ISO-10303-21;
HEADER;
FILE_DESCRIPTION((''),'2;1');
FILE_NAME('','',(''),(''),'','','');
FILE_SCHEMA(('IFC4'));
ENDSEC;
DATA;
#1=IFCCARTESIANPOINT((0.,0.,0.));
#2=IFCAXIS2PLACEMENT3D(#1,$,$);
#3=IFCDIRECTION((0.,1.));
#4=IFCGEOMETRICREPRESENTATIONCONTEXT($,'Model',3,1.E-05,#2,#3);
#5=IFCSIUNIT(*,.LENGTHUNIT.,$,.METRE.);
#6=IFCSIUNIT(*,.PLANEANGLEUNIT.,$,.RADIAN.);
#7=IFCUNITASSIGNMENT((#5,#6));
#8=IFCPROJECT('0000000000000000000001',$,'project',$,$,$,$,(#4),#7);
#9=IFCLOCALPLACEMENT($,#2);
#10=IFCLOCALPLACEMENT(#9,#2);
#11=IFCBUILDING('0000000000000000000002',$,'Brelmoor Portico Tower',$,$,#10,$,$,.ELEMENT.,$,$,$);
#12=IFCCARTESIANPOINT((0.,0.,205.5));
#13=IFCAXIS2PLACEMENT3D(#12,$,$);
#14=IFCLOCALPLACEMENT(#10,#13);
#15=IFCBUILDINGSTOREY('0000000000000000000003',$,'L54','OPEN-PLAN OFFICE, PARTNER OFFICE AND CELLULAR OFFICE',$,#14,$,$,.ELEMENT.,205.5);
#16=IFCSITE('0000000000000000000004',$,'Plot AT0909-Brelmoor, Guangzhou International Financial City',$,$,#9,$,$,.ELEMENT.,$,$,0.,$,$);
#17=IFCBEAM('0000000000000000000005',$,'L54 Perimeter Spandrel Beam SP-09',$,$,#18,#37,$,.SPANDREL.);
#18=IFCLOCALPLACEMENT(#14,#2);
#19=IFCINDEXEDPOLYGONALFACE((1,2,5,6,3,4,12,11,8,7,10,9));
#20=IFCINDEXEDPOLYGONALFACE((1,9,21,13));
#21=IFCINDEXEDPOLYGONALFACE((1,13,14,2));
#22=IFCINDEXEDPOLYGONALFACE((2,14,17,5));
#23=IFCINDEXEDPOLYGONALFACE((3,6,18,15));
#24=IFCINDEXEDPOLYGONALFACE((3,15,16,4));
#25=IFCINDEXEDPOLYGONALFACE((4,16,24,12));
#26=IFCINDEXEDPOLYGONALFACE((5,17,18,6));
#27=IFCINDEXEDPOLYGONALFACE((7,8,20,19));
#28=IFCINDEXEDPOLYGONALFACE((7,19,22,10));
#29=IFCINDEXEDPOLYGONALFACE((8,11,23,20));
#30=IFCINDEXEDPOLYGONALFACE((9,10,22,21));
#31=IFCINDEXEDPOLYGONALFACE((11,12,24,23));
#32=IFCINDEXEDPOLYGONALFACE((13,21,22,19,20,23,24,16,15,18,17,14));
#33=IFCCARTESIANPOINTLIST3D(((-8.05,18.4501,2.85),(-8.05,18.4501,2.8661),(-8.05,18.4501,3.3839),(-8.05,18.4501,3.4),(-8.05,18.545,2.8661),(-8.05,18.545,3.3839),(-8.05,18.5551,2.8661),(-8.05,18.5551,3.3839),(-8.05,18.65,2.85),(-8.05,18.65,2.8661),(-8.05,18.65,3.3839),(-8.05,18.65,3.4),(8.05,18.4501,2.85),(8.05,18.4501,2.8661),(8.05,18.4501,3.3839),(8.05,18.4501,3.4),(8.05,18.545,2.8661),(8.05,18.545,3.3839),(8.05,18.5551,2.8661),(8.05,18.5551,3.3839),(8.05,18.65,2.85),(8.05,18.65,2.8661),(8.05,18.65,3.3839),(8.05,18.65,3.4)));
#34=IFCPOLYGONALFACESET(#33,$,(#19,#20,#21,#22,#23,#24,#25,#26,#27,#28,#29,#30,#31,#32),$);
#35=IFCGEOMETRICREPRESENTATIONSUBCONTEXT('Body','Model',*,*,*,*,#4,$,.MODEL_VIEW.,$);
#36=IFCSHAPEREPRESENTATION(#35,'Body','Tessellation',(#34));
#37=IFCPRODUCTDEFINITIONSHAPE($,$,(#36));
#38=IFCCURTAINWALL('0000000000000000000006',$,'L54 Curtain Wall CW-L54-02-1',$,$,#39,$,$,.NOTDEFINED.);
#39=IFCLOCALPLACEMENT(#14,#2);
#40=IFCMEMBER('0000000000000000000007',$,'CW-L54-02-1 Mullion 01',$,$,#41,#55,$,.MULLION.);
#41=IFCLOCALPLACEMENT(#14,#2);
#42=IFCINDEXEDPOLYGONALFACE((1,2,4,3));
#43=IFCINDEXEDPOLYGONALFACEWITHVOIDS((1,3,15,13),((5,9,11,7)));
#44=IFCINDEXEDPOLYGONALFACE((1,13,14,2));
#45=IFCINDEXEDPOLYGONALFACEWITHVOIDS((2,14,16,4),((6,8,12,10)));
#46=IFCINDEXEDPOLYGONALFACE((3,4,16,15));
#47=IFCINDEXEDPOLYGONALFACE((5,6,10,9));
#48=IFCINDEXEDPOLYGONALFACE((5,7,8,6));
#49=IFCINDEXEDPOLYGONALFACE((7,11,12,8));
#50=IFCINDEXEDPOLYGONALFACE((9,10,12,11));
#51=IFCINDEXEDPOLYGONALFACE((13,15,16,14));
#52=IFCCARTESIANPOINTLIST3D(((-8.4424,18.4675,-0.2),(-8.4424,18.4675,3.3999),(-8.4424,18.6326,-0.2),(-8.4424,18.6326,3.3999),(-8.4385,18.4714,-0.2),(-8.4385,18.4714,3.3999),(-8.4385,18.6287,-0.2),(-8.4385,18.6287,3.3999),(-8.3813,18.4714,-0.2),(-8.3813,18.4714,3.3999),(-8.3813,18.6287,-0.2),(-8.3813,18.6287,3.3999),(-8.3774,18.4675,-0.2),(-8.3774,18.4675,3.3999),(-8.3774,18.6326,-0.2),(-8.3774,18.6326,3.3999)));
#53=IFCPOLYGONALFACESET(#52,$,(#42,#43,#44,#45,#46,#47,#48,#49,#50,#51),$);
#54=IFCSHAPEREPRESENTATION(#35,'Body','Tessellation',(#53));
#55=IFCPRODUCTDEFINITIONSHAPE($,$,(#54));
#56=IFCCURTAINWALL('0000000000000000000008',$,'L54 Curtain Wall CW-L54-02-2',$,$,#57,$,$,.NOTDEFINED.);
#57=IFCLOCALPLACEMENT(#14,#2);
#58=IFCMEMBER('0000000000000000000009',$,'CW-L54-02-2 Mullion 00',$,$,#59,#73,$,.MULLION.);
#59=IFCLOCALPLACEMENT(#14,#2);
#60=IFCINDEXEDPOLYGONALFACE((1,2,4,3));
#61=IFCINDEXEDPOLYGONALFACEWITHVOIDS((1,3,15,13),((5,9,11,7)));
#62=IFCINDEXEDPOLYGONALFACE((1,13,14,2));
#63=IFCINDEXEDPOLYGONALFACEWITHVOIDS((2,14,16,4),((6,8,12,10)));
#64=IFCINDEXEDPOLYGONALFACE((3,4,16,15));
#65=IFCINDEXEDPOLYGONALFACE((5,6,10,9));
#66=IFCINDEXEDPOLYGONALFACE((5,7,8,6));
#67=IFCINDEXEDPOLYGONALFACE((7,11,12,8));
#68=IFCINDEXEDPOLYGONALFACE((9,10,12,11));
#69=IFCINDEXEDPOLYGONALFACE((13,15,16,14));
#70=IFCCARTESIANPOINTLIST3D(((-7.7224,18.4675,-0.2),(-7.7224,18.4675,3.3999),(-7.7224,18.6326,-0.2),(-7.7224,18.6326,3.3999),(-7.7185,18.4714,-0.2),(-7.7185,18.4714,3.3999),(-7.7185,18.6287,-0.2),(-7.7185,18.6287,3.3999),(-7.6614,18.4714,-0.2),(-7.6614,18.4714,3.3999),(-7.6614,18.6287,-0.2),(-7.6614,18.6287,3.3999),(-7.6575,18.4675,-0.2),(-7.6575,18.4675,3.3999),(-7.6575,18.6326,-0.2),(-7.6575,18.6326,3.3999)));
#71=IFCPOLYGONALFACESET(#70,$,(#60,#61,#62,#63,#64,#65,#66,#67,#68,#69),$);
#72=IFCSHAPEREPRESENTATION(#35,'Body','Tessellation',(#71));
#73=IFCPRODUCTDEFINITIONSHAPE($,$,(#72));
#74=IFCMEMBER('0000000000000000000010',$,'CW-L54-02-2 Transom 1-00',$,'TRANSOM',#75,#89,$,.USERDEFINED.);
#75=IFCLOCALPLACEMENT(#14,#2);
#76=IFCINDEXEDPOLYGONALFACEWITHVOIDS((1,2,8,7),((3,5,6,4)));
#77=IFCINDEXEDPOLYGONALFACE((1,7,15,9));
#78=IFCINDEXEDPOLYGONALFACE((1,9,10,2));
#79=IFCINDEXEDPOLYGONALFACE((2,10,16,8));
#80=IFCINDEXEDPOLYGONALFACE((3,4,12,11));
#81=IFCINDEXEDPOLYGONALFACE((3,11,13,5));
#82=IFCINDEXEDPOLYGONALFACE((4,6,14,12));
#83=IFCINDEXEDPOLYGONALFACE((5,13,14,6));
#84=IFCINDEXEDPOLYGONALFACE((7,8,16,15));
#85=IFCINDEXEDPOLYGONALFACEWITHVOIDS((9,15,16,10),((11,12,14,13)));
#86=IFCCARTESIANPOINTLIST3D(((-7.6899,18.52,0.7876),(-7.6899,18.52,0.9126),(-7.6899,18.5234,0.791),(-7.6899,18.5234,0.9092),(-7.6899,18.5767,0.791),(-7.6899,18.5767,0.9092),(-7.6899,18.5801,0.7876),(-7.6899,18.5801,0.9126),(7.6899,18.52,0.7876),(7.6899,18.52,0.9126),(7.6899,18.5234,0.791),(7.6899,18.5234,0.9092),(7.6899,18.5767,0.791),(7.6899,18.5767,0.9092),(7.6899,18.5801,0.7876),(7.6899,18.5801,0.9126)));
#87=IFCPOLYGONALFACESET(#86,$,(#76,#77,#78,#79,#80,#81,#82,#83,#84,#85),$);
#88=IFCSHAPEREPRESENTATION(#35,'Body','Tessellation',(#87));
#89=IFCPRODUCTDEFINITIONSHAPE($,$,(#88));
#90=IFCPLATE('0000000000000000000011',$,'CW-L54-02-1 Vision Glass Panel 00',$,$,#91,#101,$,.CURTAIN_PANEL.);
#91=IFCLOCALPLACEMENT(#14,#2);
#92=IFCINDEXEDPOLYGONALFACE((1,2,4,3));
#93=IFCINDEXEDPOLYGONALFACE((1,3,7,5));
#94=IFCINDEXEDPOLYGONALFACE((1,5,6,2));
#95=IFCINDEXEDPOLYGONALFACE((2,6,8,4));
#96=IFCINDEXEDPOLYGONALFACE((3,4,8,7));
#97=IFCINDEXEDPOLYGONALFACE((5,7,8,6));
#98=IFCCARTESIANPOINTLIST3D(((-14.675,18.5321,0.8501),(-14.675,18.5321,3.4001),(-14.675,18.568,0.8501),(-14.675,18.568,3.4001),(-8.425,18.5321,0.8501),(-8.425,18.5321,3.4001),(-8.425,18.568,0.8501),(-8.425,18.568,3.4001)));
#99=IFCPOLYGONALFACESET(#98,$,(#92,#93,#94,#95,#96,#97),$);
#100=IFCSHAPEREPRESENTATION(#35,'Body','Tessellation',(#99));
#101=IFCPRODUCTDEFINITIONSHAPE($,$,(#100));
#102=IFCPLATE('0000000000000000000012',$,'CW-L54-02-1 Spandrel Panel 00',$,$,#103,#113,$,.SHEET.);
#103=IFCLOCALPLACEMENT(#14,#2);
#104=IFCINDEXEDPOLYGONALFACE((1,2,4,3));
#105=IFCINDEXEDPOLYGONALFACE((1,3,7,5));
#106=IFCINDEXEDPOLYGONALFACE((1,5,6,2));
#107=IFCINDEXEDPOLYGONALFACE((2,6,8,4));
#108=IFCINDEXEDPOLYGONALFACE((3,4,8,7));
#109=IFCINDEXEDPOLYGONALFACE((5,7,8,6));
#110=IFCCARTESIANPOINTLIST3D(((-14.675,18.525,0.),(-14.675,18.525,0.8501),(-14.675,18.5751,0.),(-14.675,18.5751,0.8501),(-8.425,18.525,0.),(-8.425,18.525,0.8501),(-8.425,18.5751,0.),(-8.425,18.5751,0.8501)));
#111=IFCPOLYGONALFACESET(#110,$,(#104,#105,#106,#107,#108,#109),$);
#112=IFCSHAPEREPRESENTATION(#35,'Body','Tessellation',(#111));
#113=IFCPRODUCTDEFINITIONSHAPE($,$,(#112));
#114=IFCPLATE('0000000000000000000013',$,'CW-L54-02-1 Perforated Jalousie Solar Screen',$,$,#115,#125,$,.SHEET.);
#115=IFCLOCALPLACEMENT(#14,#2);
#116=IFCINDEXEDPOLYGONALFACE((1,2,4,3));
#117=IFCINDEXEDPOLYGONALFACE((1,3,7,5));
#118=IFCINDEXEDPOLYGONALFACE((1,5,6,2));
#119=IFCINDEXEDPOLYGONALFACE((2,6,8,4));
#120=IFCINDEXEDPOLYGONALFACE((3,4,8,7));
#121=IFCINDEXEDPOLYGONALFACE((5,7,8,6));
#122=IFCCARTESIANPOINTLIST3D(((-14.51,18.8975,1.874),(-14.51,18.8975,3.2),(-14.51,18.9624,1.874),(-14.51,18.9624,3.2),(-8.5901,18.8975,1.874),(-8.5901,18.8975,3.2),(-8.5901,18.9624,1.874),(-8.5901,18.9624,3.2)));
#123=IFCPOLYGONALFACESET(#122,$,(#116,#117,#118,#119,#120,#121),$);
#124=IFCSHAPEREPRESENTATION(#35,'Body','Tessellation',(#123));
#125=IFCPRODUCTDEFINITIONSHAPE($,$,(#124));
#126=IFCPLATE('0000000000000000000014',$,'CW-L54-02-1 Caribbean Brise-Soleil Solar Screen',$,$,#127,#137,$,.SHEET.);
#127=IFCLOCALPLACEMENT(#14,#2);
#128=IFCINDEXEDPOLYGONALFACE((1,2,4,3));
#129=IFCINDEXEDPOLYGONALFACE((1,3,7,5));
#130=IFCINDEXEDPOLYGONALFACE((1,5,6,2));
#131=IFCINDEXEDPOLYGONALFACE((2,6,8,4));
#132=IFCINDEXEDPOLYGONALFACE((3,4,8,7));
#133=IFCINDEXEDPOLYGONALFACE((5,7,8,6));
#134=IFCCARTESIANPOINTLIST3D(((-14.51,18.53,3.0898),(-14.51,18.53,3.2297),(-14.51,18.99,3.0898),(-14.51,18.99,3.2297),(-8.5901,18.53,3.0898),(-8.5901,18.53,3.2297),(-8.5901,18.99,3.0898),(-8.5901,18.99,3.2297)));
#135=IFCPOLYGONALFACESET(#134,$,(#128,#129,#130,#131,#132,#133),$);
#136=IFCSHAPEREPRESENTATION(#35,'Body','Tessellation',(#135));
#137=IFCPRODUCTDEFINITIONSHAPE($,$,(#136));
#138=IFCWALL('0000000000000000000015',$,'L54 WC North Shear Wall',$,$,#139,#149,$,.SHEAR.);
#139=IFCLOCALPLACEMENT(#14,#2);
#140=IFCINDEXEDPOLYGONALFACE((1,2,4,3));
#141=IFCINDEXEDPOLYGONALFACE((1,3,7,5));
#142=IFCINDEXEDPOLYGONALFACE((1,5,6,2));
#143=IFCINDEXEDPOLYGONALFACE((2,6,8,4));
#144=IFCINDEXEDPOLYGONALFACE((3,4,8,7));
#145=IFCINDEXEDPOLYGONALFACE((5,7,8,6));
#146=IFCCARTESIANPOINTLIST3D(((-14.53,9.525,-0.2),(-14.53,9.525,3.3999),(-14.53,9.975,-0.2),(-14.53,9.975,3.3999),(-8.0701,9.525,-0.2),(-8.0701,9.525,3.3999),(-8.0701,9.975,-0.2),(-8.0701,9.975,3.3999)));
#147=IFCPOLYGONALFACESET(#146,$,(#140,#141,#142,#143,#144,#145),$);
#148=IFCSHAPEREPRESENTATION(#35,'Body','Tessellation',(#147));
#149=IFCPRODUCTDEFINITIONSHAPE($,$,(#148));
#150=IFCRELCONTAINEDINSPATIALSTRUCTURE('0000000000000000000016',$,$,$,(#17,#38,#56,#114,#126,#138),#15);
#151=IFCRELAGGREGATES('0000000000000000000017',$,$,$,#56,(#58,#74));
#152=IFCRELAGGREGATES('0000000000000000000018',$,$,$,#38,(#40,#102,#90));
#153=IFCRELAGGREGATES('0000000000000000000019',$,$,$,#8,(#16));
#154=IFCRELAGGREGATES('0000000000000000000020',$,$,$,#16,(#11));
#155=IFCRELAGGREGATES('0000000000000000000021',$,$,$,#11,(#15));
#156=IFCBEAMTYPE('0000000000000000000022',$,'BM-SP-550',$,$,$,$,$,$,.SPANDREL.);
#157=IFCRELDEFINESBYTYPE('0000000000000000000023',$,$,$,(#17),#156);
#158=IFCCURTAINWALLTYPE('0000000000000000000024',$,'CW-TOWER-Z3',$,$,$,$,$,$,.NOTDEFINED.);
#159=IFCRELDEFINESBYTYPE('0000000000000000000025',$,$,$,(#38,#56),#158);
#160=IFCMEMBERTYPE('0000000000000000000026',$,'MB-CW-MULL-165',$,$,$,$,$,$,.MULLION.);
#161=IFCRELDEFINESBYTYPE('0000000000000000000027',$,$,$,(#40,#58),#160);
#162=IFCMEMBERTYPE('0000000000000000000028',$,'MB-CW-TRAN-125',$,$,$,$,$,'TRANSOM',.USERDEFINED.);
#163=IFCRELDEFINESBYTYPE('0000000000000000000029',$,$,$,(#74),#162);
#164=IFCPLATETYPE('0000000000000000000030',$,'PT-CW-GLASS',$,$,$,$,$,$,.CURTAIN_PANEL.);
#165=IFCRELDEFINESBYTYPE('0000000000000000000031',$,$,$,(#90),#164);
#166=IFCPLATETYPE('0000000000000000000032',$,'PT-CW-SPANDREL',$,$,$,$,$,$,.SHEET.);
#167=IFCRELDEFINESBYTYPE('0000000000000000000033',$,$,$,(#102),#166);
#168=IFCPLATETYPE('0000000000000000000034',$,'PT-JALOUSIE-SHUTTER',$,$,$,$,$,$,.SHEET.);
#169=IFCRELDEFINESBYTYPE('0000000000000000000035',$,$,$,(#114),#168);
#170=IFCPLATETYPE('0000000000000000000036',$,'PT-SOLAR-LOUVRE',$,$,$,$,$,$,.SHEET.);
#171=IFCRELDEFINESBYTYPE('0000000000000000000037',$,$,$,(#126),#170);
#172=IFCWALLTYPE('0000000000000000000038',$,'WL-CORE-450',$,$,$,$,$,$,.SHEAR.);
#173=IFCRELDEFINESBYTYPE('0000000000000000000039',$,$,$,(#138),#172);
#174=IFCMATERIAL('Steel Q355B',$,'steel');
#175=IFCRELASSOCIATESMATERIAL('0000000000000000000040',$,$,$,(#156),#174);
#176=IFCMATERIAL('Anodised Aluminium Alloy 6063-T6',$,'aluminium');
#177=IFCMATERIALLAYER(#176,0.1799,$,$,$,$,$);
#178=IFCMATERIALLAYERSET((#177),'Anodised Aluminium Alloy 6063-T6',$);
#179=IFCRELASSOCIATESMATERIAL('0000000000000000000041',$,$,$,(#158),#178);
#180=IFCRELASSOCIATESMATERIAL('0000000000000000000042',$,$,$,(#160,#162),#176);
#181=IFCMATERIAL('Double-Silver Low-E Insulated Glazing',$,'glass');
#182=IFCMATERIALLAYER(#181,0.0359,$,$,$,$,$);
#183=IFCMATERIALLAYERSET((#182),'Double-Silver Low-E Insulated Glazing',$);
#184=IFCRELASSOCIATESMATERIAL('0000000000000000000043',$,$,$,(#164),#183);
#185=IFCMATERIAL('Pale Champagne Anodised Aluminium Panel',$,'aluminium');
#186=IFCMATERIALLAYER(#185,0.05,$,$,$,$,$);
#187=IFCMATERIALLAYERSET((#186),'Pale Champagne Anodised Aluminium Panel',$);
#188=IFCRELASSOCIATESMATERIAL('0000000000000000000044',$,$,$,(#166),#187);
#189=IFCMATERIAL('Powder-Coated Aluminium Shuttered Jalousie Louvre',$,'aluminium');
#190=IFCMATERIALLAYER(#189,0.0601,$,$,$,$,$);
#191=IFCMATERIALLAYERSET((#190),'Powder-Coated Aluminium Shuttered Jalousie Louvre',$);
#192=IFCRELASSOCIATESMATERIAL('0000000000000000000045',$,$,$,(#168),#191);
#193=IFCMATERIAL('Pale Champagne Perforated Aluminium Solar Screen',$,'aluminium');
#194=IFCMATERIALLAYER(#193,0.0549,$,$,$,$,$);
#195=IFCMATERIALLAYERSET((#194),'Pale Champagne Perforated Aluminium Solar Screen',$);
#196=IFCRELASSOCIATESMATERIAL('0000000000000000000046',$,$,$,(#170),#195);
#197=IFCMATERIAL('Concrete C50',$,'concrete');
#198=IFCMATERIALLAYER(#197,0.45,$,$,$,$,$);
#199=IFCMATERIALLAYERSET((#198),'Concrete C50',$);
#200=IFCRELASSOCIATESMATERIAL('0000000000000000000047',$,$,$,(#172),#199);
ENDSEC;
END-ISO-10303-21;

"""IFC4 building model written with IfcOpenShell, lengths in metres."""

from ifc_helpers import new_model, si_unit, direction, frame, frame_2d, origin, origin_2d, place, context, subcontext, project, spatial, rectangle, hollow_rectangle, i_section, extrude, material, layer, layer_set, material_profile, profile_set, type_object, element, aggregate, save


model = new_model("IFC4")

# Units and contexts
model_context = context("Model", 3, precision=1e-05, world=origin(), true_north=direction((0.0, 1.0)))
body_context = subcontext(model_context, "Body", "Model", "MODEL_VIEW")
ifc_project = project(units=[si_unit("LENGTHUNIT", "METRE"), si_unit("PLANEANGLEUNIT", "RADIAN")], contexts=[model_context])

# Site, building, storey
site_placement = place(None, origin())
site = spatial("IfcSite", under=ifc_project, at=site_placement, Name="Plot AT0909-Brelmoor, Guangzhou International Financial City", CompositionType="ELEMENT", RefElevation=0.0)
building_placement = place(site_placement, origin())
building = spatial("IfcBuilding", under=site, at=building_placement, Name="Brelmoor Portico Tower", CompositionType="ELEMENT")
storey_placement = place(building_placement, frame((0.0, 0.0, 205.5)))
storey = spatial("IfcBuildingStorey", under=building, at=storey_placement, Name="L54", Description="OPEN-PLAN OFFICE, PARTNER OFFICE AND CELLULAR OFFICE", CompositionType="ELEMENT", Elevation=205.5)

# Shared definitions
ifc_material_1 = material(Name="Steel Q355B", Category="steel")

# Beam
ifc_material_profile_1 = material_profile(ifc_material_1, i_section(OverallWidth=0.2, OverallDepth=0.55, WebThickness=0.01, FlangeThickness=0.0161, at=origin_2d()), Name="HN 550x200x10x16")
ifc_profile_set_1 = profile_set([ifc_material_profile_1], Name="Steel Q355B")
beam_type_1 = type_object("IfcBeamType", Name="BM-SP-550", PredefinedType="SPANDREL", material=ifc_profile_set_1)
beam_1_placement = place(storey_placement, frame((-8.05, 18.55, 3.125), z_axis=(1.0, 0.0, 0.0), x_axis=(0.0, 1.0, 0.0)))
element("IfcBeam", 1, at=beam_1_placement, inside=storey, type_object=beam_type_1, Name="L54 Perimeter Spandrel Beam SP-09", PredefinedType="SPANDREL", context=body_context, shape_type="SweptSolid", body=[
    extrude(i_section(OverallWidth=0.2, OverallDepth=0.55, WebThickness=0.01, FlangeThickness=0.0161, at=origin_2d()), origin(), (0.0, 0.0, 1.0), 16.1001),
])

# Curtain wall, member
ifc_material_2 = material(Name="Anodised Aluminium Alloy 6063-T6", Category="aluminium")
ifc_layer_1 = layer(ifc_material_2, 0.1799)
ifc_layer_set_1 = layer_set([ifc_layer_1], Name="Anodised Aluminium Alloy 6063-T6")
curtain_wall_type = type_object("IfcCurtainWallType", Name="CW-TOWER-Z3", PredefinedType="NOTDEFINED", material=ifc_layer_set_1)
curtain_wall_1_placement = place(storey_placement, origin())
curtain_wall_1 = element("IfcCurtainWall", 2, at=curtain_wall_1_placement, inside=storey, type_object=curtain_wall_type, Name="L54 Curtain Wall CW-L54-02-1", PredefinedType="NOTDEFINED")
ifc_material_profile_2 = material_profile(ifc_material_2, hollow_rectangle(XDim=0.0649, YDim=0.165, WallThickness=0.0039, at=origin_2d()), Name="ALU MULLION 65x165")
ifc_profile_set_2 = profile_set([ifc_material_profile_2], Name="Anodised Aluminium Alloy 6063-T6")
member_type_1 = type_object("IfcMemberType", Name="MB-CW-MULL-165", PredefinedType="MULLION", material=ifc_profile_set_2)
member_1_placement = place(storey_placement, frame((-8.4099, 18.55, -0.2), z_axis=(0.0, 0.0, 1.0), x_axis=(1.0, 0.0, 0.0)))
member_1 = element("IfcMember", 3, at=member_1_placement, type_object=member_type_1, Name="CW-L54-02-1 Mullion 01", PredefinedType="MULLION", context=body_context, shape_type="SweptSolid", body=[
    extrude(hollow_rectangle(XDim=0.0649, YDim=0.165, WallThickness=0.0039, at=origin_2d()), origin(), (0.0, 0.0, 1.0), 3.5999),
])

# Curtain wall, members
curtain_wall_2_placement = place(storey_placement, origin())
curtain_wall_2 = element("IfcCurtainWall", 4, at=curtain_wall_2_placement, inside=storey, type_object=curtain_wall_type, Name="L54 Curtain Wall CW-L54-02-2", PredefinedType="NOTDEFINED")
member_2_placement = place(storey_placement, frame((-7.6899, 18.55, -0.2), z_axis=(0.0, 0.0, 1.0), x_axis=(1.0, 0.0, 0.0)))
member_2 = element("IfcMember", 5, at=member_2_placement, type_object=member_type_1, Name="CW-L54-02-2 Mullion 00", PredefinedType="MULLION", context=body_context, shape_type="SweptSolid", body=[
    extrude(hollow_rectangle(XDim=0.0649, YDim=0.165, WallThickness=0.0039, at=origin_2d()), origin(), (0.0, 0.0, 1.0), 3.5999),
])
ifc_material_profile_3 = material_profile(ifc_material_2, hollow_rectangle(XDim=0.0601, YDim=0.125, WallThickness=0.0034, at=origin_2d()), Name="ALU TRANSOM 60x125")
ifc_profile_set_3 = profile_set([ifc_material_profile_3], Name="Anodised Aluminium Alloy 6063-T6")
member_type_2 = type_object("IfcMemberType", Name="MB-CW-TRAN-125", ElementType="TRANSOM", PredefinedType="USERDEFINED", material=ifc_profile_set_3)
member_3_placement = place(storey_placement, frame((-7.6899, 18.55, 0.8501), z_axis=(1.0, 0.0, 0.0), x_axis=(0.0, 1.0, 0.0)))
member_3 = element("IfcMember", 6, at=member_3_placement, type_object=member_type_2, Name="CW-L54-02-2 Transom 1-00", ObjectType="TRANSOM", PredefinedType="USERDEFINED", context=body_context, shape_type="SweptSolid", body=[
    extrude(hollow_rectangle(XDim=0.0601, YDim=0.125, WallThickness=0.0034, at=origin_2d()), origin(), (0.0, 0.0, 1.0), 15.3799),
])
aggregate(curtain_wall_2, [member_2, member_3])

# Plates
ifc_material_3 = material(Name="Double-Silver Low-E Insulated Glazing", Category="glass")
ifc_layer_2 = layer(ifc_material_3, 0.0359)
ifc_layer_set_2 = layer_set([ifc_layer_2], Name="Double-Silver Low-E Insulated Glazing")
plate_type_1 = type_object("IfcPlateType", Name="PT-CW-GLASS", PredefinedType="CURTAIN_PANEL", material=ifc_layer_set_2)
plate_1_placement = place(storey_placement, frame((-11.55, 18.55, 0.8501), z_axis=(0.0, 0.0, 1.0), x_axis=(1.0, 0.0, 0.0)))
plate_1 = element("IfcPlate", 7, at=plate_1_placement, type_object=plate_type_1, Name="CW-L54-02-1 Vision Glass Panel 00", PredefinedType="CURTAIN_PANEL", context=body_context, shape_type="SweptSolid", body=[
    extrude(rectangle(XDim=6.25, YDim=0.0359, at=origin_2d()), origin(), (0.0, 0.0, 1.0), 2.55),
])
ifc_material_4 = material(Name="Pale Champagne Anodised Aluminium Panel", Category="aluminium")
ifc_layer_3 = layer(ifc_material_4, 0.05)
ifc_layer_set_3 = layer_set([ifc_layer_3], Name="Pale Champagne Anodised Aluminium Panel")
plate_type_2 = type_object("IfcPlateType", Name="PT-CW-SPANDREL", PredefinedType="SHEET", material=ifc_layer_set_3)
plate_2_placement = place(storey_placement, frame((-11.55, 18.55, 0.0), z_axis=(0.0, 0.0, 1.0), x_axis=(1.0, 0.0, 0.0)))
plate_2 = element("IfcPlate", 8, at=plate_2_placement, type_object=plate_type_2, Name="CW-L54-02-1 Spandrel Panel 00", PredefinedType="SHEET", context=body_context, shape_type="SweptSolid", body=[
    extrude(rectangle(XDim=6.25, YDim=0.05, at=origin_2d()), origin(), (0.0, 0.0, 1.0), 0.8501),
])
aggregate(curtain_wall_1, [member_1, plate_2, plate_1])

# Plates
ifc_material_5 = material(Name="Powder-Coated Aluminium Shuttered Jalousie Louvre", Category="aluminium")
ifc_layer_4 = layer(ifc_material_5, 0.0601)
ifc_layer_set_4 = layer_set([ifc_layer_4], Name="Powder-Coated Aluminium Shuttered Jalousie Louvre")
plate_type_3 = type_object("IfcPlateType", Name="PT-JALOUSIE-SHUTTER", PredefinedType="SHEET", material=ifc_layer_set_4)
plate_3_placement = place(storey_placement, frame((-11.55, 18.9299, 1.874), z_axis=(0.0, 0.0, 1.0), x_axis=(1.0, 0.0, 0.0)))
element("IfcPlate", 9, at=plate_3_placement, inside=storey, type_object=plate_type_3, Name="CW-L54-02-1 Perforated Jalousie Solar Screen", PredefinedType="SHEET", context=body_context, shape_type="SweptSolid", body=[
    extrude(rectangle(XDim=5.9199, YDim=0.0649, at=origin_2d()), origin(), (0.0, 0.0, 1.0), 1.3259),
])
ifc_material_6 = material(Name="Pale Champagne Perforated Aluminium Solar Screen", Category="aluminium")
ifc_layer_5 = layer(ifc_material_6, 0.0549)
ifc_layer_set_5 = layer_set([ifc_layer_5], Name="Pale Champagne Perforated Aluminium Solar Screen")
plate_type_4 = type_object("IfcPlateType", Name="PT-SOLAR-LOUVRE", PredefinedType="SHEET", material=ifc_layer_set_5)
plate_4_placement = place(storey_placement, frame((-11.55, 18.76, 3.0898), z_axis=(0.0, 0.0, 1.0), x_axis=(1.0, 0.0, 0.0)))
element("IfcPlate", 10, at=plate_4_placement, inside=storey, type_object=plate_type_4, Name="CW-L54-02-1 Caribbean Brise-Soleil Solar Screen", PredefinedType="SHEET", context=body_context, shape_type="SweptSolid", body=[
    extrude(rectangle(XDim=5.9199, YDim=0.46, at=origin_2d()), origin(), (0.0, 0.0, 1.0), 0.1399),
])

# Wall
ifc_material_7 = material(Name="Concrete C50", Category="concrete")
ifc_layer_6 = layer(ifc_material_7, 0.45)
ifc_layer_set_6 = layer_set([ifc_layer_6], Name="Concrete C50")
wall_type_1 = type_object("IfcWallType", Name="WL-CORE-450", PredefinedType="SHEAR", material=ifc_layer_set_6)
wall_1_placement = place(storey_placement, frame((-14.53, 9.75, -0.2), z_axis=(0.0, 0.0, 1.0), x_axis=(1.0, 0.0, 0.0)))
element("IfcWall", 11, at=wall_1_placement, inside=storey, type_object=wall_type_1, Name="L54 WC North Shear Wall", PredefinedType="SHEAR", context=body_context, shape_type="SweptSolid", body=[
    extrude(rectangle(XDim=6.46, YDim=0.45, at=frame_2d((3.23, 0.0))), origin(), (0.0, 0.0, 1.0), 3.5999),
])

save(model, "model.ifc")
